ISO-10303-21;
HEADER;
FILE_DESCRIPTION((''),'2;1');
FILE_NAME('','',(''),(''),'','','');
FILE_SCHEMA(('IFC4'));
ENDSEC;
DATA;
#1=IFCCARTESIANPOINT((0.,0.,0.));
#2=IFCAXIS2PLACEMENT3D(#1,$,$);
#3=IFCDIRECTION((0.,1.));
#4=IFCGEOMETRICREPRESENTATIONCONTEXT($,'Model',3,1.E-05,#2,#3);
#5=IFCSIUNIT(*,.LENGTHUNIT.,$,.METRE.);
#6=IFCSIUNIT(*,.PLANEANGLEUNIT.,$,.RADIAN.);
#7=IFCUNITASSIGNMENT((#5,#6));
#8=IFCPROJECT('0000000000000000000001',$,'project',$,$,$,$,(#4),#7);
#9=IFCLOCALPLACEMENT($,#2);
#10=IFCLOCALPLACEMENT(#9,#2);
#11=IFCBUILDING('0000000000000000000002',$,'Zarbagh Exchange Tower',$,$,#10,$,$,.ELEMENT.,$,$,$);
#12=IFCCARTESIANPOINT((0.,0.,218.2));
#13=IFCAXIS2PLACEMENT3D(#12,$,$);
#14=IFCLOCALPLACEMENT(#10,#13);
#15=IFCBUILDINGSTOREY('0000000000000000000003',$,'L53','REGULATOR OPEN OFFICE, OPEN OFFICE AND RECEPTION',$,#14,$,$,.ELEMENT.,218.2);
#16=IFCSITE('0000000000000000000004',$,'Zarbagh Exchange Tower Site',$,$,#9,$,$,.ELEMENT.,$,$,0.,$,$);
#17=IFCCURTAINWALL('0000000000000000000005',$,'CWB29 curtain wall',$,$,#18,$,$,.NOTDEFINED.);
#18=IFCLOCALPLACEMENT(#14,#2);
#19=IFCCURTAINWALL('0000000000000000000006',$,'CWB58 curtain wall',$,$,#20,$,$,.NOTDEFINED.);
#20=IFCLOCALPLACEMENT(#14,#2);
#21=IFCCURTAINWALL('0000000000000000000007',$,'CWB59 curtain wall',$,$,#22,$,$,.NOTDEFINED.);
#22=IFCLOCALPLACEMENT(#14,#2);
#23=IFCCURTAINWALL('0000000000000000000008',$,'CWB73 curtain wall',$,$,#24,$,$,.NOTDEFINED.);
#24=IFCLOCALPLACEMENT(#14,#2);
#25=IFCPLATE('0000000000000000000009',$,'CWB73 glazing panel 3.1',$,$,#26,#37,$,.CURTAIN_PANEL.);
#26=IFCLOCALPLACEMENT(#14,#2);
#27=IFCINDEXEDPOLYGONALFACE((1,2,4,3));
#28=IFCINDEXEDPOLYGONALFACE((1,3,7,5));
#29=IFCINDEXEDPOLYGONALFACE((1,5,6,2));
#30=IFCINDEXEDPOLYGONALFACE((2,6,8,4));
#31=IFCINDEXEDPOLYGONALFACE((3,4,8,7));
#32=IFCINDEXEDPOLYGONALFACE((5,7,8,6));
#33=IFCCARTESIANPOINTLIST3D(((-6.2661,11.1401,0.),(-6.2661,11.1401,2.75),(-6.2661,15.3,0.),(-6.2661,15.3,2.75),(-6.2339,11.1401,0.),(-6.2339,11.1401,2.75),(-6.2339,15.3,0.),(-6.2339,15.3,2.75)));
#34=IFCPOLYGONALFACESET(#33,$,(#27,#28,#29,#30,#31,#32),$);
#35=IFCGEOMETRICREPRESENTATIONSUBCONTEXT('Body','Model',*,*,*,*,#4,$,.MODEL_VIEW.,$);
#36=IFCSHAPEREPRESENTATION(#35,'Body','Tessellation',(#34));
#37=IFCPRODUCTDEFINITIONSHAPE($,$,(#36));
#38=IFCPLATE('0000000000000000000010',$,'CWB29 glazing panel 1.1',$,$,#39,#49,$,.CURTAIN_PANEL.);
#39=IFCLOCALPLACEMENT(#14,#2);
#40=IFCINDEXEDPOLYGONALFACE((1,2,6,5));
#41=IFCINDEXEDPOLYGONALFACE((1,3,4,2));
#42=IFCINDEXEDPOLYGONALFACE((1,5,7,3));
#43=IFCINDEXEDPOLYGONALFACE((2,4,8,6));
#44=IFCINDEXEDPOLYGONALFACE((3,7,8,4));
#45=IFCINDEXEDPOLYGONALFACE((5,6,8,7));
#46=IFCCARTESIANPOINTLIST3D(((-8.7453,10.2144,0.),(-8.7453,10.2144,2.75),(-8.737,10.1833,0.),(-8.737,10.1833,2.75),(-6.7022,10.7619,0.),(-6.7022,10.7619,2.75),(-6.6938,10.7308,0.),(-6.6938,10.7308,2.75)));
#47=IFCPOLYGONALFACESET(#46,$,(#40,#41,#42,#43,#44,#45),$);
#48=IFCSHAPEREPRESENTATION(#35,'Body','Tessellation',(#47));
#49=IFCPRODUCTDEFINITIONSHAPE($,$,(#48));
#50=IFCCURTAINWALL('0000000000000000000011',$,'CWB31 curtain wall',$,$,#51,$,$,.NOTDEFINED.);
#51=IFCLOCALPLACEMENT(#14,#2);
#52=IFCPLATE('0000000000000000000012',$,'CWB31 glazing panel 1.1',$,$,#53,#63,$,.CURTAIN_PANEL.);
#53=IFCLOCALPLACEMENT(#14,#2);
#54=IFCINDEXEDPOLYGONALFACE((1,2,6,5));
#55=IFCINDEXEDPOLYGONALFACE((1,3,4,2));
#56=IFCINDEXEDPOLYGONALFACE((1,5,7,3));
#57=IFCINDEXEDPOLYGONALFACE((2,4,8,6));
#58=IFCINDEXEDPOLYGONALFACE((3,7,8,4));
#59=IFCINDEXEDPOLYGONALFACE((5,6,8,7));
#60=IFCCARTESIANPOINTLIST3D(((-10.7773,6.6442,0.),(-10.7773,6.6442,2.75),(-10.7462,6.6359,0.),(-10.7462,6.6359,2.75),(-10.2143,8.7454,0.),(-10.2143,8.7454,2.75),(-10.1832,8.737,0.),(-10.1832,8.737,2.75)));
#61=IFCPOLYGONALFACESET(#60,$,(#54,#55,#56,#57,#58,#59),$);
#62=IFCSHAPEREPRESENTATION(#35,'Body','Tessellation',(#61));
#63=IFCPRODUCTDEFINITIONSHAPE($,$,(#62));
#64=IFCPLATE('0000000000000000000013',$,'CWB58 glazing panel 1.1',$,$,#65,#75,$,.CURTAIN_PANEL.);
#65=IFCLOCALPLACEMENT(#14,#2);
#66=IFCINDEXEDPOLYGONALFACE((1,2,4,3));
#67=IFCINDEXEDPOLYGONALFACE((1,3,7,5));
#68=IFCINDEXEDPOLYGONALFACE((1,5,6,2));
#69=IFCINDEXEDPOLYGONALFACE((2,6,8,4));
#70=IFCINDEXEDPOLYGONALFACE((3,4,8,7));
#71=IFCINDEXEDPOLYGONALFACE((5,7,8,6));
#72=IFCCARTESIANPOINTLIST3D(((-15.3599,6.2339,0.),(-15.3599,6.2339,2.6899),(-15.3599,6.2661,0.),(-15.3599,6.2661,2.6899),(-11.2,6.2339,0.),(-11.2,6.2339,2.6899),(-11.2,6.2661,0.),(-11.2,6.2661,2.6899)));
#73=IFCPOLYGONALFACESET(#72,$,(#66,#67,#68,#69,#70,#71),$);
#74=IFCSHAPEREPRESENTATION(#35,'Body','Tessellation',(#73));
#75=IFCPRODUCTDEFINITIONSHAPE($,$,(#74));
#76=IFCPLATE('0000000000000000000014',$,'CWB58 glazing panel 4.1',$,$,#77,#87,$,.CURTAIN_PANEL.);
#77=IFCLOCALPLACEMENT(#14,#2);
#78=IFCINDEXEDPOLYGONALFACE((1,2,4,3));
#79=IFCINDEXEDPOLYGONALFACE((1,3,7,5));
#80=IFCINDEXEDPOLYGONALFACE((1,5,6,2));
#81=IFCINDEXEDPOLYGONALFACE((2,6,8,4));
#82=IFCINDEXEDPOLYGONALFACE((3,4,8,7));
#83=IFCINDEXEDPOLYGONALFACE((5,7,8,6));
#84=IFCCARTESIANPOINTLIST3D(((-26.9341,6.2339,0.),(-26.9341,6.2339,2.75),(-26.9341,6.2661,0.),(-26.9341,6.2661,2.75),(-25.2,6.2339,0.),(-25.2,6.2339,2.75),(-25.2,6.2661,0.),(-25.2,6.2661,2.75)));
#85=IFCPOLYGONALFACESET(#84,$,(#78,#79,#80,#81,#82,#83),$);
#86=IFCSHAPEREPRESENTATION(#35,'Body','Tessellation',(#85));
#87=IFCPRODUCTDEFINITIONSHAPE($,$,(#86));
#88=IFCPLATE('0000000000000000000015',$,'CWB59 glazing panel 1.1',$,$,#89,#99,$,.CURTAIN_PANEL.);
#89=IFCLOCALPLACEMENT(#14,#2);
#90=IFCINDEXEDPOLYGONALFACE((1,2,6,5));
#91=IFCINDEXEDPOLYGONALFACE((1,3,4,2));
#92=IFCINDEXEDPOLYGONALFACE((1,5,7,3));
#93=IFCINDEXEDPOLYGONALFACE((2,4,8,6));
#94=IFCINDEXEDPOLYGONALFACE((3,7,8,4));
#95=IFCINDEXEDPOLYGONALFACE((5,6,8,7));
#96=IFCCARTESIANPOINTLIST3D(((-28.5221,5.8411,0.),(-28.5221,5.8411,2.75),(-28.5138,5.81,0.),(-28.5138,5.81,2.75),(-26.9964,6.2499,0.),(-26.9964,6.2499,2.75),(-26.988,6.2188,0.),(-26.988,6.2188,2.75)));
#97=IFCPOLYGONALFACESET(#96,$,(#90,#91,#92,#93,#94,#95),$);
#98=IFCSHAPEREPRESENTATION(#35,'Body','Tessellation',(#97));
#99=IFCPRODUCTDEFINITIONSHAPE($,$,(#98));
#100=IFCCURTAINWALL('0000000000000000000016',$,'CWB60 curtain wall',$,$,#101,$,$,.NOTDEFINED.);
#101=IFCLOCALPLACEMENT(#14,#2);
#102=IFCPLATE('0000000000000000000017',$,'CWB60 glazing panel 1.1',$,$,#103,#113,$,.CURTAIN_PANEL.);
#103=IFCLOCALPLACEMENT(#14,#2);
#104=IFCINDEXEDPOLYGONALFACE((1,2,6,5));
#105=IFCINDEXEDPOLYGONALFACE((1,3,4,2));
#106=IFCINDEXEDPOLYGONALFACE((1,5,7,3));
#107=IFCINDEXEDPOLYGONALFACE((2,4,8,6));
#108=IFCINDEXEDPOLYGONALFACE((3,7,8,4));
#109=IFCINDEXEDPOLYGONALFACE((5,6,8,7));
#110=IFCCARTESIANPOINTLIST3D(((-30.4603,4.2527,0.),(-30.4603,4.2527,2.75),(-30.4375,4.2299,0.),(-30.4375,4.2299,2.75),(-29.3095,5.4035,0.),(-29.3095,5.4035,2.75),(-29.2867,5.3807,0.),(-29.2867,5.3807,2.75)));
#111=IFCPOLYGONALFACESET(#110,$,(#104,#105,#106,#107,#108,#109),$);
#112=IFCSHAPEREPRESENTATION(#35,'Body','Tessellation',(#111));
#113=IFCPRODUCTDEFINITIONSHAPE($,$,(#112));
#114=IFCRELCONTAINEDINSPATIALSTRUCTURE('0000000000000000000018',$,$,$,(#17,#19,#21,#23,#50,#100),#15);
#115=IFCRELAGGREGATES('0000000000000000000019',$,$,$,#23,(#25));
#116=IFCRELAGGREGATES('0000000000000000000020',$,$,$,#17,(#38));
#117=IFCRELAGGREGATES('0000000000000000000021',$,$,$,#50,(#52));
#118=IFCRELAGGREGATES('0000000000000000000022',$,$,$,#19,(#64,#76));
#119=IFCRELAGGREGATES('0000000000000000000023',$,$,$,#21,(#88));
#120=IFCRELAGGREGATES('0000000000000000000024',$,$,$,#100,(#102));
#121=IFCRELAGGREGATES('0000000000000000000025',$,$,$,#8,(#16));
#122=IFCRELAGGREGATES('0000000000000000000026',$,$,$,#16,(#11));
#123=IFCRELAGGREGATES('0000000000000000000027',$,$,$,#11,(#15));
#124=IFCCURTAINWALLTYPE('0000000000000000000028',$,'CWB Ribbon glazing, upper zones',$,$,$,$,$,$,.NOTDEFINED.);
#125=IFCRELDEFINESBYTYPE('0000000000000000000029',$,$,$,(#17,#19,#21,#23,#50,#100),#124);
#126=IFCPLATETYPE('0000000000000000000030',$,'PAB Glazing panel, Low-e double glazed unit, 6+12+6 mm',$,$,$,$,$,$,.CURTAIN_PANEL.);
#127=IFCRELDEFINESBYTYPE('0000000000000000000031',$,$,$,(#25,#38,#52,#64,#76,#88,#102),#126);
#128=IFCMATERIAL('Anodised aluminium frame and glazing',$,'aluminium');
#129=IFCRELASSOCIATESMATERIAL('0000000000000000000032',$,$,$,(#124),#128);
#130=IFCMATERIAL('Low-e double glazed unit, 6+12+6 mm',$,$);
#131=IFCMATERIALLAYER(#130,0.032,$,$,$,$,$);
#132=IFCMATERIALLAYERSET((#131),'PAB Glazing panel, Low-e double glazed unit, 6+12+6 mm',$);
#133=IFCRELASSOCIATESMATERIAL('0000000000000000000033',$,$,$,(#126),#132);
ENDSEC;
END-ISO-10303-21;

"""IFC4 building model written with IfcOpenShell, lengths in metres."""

from ifc_helpers import new_model, si_unit, direction, frame, origin, place, context, subcontext, project, spatial, polyline, outline, extrude, source, transform, mapped, material, layer, layer_set, type_object, element, aggregate, save


model = new_model("IFC4")

# Units and contexts
model_context = context("Model", 3, precision=1e-05, world=origin(), true_north=direction((0.0, 1.0)))
body_context = subcontext(model_context, "Body", "Model", "MODEL_VIEW")
ifc_project = project(units=[si_unit("LENGTHUNIT", "METRE"), si_unit("PLANEANGLEUNIT", "RADIAN")], contexts=[model_context])

# Site, building, storey
site_placement = place(None, origin())
site = spatial("IfcSite", under=ifc_project, at=site_placement, Name="Zarbagh Exchange Tower Site", CompositionType="ELEMENT", RefElevation=0.0)
building_placement = place(site_placement, origin())
building = spatial("IfcBuilding", under=site, at=building_placement, Name="Zarbagh Exchange Tower", CompositionType="ELEMENT")
storey_placement = place(building_placement, frame((0.0, 0.0, 218.2)))
storey = spatial("IfcBuildingStorey", under=building, at=storey_placement, Name="L53", Description="REGULATOR OPEN OFFICE, OPEN OFFICE AND RECEPTION", CompositionType="ELEMENT", Elevation=218.2)

# Curtain wall
ifc_material_1 = material(Name="Anodised aluminium frame and glazing", Category="aluminium")
curtain_wall_type = type_object("IfcCurtainWallType", Name="CWB Ribbon glazing, upper zones", PredefinedType="NOTDEFINED", material=ifc_material_1)
curtain_wall_1_placement = place(storey_placement, origin())
curtain_wall_1 = element("IfcCurtainWall", 1, at=curtain_wall_1_placement, inside=storey, type_object=curtain_wall_type, Name="CWB29 curtain wall", PredefinedType="NOTDEFINED")
placement = place(storey_placement, origin())

# Curtain wall
curtain_wall_2_placement = place(storey_placement, origin())
curtain_wall_2 = element("IfcCurtainWall", 2, at=curtain_wall_2_placement, inside=storey, type_object=curtain_wall_type, Name="CWB58 curtain wall", PredefinedType="NOTDEFINED")

# Curtain wall
curtain_wall_3_placement = place(storey_placement, origin())
curtain_wall_3 = element("IfcCurtainWall", 3, at=curtain_wall_3_placement, inside=storey, type_object=curtain_wall_type, Name="CWB59 curtain wall", PredefinedType="NOTDEFINED")

# Shared definitions
ifc_material_2 = material(Name="Low-e double glazed unit, 6+12+6 mm")
ifc_layer = layer(ifc_material_2, 0.032)
ifc_layer_set = layer_set([ifc_layer], Name="PAB Glazing panel, Low-e double glazed unit, 6+12+6 mm")
plate_type = type_object("IfcPlateType", Name="PAB Glazing panel, Low-e double glazed unit, 6+12+6 mm", PredefinedType="CURTAIN_PANEL", material=ifc_layer_set)

# Curtain wall, plate
curtain_wall_4_placement = place(storey_placement, origin())
curtain_wall_4 = element("IfcCurtainWall", 4, at=curtain_wall_4_placement, inside=storey, type_object=curtain_wall_type, Name="CWB73 curtain wall", PredefinedType="NOTDEFINED")
shared_shape_1 = source(origin(), body_context, "Body", "SweptSolid", [
    extrude(outline(polyline([(0.0, -0.0161), (4.1599, -0.0161), (4.1599, 0.0161), (0.0, 0.0161), (0.0, -0.0161)])), origin(), (0.0, 0.0, 1.0), 2.75),
])
plate_1 = element("IfcPlate", 5, at=placement, type_object=plate_type, Name="CWB73 glazing panel 3.1", PredefinedType="CURTAIN_PANEL", context=body_context, shape_type="MappedRepresentation", body=[
    mapped(shared_shape_1, transform((-6.25, 15.3, 0.0), x_axis=(0.0, -1.0, 0.0), y_axis=(1.0, 0.0, 0.0), z_axis=(0.0, 0.0, 1.0))),
])
aggregate(curtain_wall_4, [plate_1])

# Plate
shared_shape_2 = source(origin(), body_context, "Body", "SweptSolid", [
    extrude(outline(polyline([(0.0, -0.0161), (2.1152, -0.0161), (2.1152, 0.0161), (0.0, 0.0161), (0.0, -0.0161)])), origin(), (0.0, 0.0, 1.0), 2.75),
])
plate_2 = element("IfcPlate", 6, at=placement, type_object=plate_type, Name="CWB29 glazing panel 1.1", PredefinedType="CURTAIN_PANEL", context=body_context, shape_type="MappedRepresentation", body=[
    mapped(shared_shape_2, transform((-6.698, 10.7463, 0.0), x_axis=(-0.965924, -0.258825, 0.0), y_axis=(0.258825, -0.965924, 0.0), z_axis=(0.0, 0.0, 1.0))),
])
aggregate(curtain_wall_1, [plate_2])

# Curtain wall, plate
curtain_wall_5_placement = place(storey_placement, origin())
curtain_wall_5 = element("IfcCurtainWall", 7, at=curtain_wall_5_placement, inside=storey, type_object=curtain_wall_type, Name="CWB31 curtain wall", PredefinedType="NOTDEFINED")
shared_shape_3 = source(origin(), body_context, "Body", "SweptSolid", [
    extrude(outline(polyline([(0.0, -0.0161), (2.1753, -0.0161), (2.1753, 0.0161), (0.0, 0.0161), (0.0, -0.0161)])), origin(), (0.0, 0.0, 1.0), 2.75),
])
plate_3 = element("IfcPlate", 8, at=placement, type_object=plate_type, Name="CWB31 glazing panel 1.1", PredefinedType="CURTAIN_PANEL", context=body_context, shape_type="MappedRepresentation", body=[
    mapped(shared_shape_3, transform((-10.1987, 8.7412, 0.0), x_axis=(-0.258825, -0.965924, 0.0), y_axis=(0.965924, -0.258825, 0.0), z_axis=(0.0, 0.0, 1.0))),
])
aggregate(curtain_wall_5, [plate_3])

# Plates
shared_shape_4 = source(origin(), body_context, "Body", "SweptSolid", [
    extrude(outline(polyline([(0.0, -0.0161), (4.1599, -0.0161), (4.1599, 0.0161), (0.0, 0.0161), (0.0, -0.0161)])), origin(), (0.0, 0.0, 1.0), 2.6899),
])
plate_4 = element("IfcPlate", 9, at=placement, type_object=plate_type, Name="CWB58 glazing panel 1.1", PredefinedType="CURTAIN_PANEL", context=body_context, shape_type="MappedRepresentation", body=[
    mapped(shared_shape_4, transform((-11.2, 6.25, 0.0), x_axis=(-1.0, 0.0, 0.0), y_axis=(0.0, -1.0, 0.0), z_axis=(0.0, 0.0, 1.0))),
])
shared_shape_5 = source(origin(), body_context, "Body", "SweptSolid", [
    extrude(outline(polyline([(0.0, -0.0161), (1.7341, -0.0161), (1.7341, 0.0161), (0.0, 0.0161), (0.0, -0.0161)])), origin(), (0.0, 0.0, 1.0), 2.75),
])
plate_5 = element("IfcPlate", 10, at=placement, type_object=plate_type, Name="CWB58 glazing panel 4.1", PredefinedType="CURTAIN_PANEL", context=body_context, shape_type="MappedRepresentation", body=[
    mapped(shared_shape_5, transform((-25.2, 6.25, 0.0), x_axis=(-1.0, 0.0, 0.0), y_axis=(0.0, -1.0, 0.0), z_axis=(0.0, 0.0, 1.0))),
])
aggregate(curtain_wall_2, [plate_4, plate_5])
shared_shape_6 = source(origin(), body_context, "Body", "SweptSolid", [
    extrude(outline(polyline([(0.0, -0.0161), (1.5796, -0.0161), (1.5796, 0.0161), (0.0, 0.0161), (0.0, -0.0161)])), origin(), (0.0, 0.0, 1.0), 2.75),
])
plate_6 = element("IfcPlate", 11, at=placement, type_object=plate_type, Name="CWB59 glazing panel 1.1", PredefinedType="CURTAIN_PANEL", context=body_context, shape_type="MappedRepresentation", body=[
    mapped(shared_shape_6, transform((-26.9922, 6.2344, 0.0), x_axis=(-0.965924, -0.258825, 0.0), y_axis=(0.258825, -0.965924, 0.0), z_axis=(0.0, 0.0, 1.0))),
])
aggregate(curtain_wall_3, [plate_6])

# Curtain wall, plate
curtain_wall_6_placement = place(storey_placement, origin())
curtain_wall_6 = element("IfcCurtainWall", 12, at=curtain_wall_6_placement, inside=storey, type_object=curtain_wall_type, Name="CWB60 curtain wall", PredefinedType="NOTDEFINED")
shared_shape_7 = source(origin(), body_context, "Body", "SweptSolid", [
    extrude(outline(polyline([(0.0, -0.0161), (1.6274, -0.0161), (1.6274, 0.0161), (0.0, 0.0161), (0.0, -0.0161)])), origin(), (0.0, 0.0, 1.0), 2.75),
])
plate_7 = element("IfcPlate", 13, at=placement, type_object=plate_type, Name="CWB60 glazing panel 1.1", PredefinedType="CURTAIN_PANEL", context=body_context, shape_type="MappedRepresentation", body=[
    mapped(shared_shape_7, transform((-29.2981, 5.3921, 0.0), x_axis=(-0.707107, -0.707107, 0.0), y_axis=(0.707107, -0.707107, 0.0), z_axis=(0.0, 0.0, 1.0))),
])
aggregate(curtain_wall_6, [plate_7])

save(model, "model.ifc")
